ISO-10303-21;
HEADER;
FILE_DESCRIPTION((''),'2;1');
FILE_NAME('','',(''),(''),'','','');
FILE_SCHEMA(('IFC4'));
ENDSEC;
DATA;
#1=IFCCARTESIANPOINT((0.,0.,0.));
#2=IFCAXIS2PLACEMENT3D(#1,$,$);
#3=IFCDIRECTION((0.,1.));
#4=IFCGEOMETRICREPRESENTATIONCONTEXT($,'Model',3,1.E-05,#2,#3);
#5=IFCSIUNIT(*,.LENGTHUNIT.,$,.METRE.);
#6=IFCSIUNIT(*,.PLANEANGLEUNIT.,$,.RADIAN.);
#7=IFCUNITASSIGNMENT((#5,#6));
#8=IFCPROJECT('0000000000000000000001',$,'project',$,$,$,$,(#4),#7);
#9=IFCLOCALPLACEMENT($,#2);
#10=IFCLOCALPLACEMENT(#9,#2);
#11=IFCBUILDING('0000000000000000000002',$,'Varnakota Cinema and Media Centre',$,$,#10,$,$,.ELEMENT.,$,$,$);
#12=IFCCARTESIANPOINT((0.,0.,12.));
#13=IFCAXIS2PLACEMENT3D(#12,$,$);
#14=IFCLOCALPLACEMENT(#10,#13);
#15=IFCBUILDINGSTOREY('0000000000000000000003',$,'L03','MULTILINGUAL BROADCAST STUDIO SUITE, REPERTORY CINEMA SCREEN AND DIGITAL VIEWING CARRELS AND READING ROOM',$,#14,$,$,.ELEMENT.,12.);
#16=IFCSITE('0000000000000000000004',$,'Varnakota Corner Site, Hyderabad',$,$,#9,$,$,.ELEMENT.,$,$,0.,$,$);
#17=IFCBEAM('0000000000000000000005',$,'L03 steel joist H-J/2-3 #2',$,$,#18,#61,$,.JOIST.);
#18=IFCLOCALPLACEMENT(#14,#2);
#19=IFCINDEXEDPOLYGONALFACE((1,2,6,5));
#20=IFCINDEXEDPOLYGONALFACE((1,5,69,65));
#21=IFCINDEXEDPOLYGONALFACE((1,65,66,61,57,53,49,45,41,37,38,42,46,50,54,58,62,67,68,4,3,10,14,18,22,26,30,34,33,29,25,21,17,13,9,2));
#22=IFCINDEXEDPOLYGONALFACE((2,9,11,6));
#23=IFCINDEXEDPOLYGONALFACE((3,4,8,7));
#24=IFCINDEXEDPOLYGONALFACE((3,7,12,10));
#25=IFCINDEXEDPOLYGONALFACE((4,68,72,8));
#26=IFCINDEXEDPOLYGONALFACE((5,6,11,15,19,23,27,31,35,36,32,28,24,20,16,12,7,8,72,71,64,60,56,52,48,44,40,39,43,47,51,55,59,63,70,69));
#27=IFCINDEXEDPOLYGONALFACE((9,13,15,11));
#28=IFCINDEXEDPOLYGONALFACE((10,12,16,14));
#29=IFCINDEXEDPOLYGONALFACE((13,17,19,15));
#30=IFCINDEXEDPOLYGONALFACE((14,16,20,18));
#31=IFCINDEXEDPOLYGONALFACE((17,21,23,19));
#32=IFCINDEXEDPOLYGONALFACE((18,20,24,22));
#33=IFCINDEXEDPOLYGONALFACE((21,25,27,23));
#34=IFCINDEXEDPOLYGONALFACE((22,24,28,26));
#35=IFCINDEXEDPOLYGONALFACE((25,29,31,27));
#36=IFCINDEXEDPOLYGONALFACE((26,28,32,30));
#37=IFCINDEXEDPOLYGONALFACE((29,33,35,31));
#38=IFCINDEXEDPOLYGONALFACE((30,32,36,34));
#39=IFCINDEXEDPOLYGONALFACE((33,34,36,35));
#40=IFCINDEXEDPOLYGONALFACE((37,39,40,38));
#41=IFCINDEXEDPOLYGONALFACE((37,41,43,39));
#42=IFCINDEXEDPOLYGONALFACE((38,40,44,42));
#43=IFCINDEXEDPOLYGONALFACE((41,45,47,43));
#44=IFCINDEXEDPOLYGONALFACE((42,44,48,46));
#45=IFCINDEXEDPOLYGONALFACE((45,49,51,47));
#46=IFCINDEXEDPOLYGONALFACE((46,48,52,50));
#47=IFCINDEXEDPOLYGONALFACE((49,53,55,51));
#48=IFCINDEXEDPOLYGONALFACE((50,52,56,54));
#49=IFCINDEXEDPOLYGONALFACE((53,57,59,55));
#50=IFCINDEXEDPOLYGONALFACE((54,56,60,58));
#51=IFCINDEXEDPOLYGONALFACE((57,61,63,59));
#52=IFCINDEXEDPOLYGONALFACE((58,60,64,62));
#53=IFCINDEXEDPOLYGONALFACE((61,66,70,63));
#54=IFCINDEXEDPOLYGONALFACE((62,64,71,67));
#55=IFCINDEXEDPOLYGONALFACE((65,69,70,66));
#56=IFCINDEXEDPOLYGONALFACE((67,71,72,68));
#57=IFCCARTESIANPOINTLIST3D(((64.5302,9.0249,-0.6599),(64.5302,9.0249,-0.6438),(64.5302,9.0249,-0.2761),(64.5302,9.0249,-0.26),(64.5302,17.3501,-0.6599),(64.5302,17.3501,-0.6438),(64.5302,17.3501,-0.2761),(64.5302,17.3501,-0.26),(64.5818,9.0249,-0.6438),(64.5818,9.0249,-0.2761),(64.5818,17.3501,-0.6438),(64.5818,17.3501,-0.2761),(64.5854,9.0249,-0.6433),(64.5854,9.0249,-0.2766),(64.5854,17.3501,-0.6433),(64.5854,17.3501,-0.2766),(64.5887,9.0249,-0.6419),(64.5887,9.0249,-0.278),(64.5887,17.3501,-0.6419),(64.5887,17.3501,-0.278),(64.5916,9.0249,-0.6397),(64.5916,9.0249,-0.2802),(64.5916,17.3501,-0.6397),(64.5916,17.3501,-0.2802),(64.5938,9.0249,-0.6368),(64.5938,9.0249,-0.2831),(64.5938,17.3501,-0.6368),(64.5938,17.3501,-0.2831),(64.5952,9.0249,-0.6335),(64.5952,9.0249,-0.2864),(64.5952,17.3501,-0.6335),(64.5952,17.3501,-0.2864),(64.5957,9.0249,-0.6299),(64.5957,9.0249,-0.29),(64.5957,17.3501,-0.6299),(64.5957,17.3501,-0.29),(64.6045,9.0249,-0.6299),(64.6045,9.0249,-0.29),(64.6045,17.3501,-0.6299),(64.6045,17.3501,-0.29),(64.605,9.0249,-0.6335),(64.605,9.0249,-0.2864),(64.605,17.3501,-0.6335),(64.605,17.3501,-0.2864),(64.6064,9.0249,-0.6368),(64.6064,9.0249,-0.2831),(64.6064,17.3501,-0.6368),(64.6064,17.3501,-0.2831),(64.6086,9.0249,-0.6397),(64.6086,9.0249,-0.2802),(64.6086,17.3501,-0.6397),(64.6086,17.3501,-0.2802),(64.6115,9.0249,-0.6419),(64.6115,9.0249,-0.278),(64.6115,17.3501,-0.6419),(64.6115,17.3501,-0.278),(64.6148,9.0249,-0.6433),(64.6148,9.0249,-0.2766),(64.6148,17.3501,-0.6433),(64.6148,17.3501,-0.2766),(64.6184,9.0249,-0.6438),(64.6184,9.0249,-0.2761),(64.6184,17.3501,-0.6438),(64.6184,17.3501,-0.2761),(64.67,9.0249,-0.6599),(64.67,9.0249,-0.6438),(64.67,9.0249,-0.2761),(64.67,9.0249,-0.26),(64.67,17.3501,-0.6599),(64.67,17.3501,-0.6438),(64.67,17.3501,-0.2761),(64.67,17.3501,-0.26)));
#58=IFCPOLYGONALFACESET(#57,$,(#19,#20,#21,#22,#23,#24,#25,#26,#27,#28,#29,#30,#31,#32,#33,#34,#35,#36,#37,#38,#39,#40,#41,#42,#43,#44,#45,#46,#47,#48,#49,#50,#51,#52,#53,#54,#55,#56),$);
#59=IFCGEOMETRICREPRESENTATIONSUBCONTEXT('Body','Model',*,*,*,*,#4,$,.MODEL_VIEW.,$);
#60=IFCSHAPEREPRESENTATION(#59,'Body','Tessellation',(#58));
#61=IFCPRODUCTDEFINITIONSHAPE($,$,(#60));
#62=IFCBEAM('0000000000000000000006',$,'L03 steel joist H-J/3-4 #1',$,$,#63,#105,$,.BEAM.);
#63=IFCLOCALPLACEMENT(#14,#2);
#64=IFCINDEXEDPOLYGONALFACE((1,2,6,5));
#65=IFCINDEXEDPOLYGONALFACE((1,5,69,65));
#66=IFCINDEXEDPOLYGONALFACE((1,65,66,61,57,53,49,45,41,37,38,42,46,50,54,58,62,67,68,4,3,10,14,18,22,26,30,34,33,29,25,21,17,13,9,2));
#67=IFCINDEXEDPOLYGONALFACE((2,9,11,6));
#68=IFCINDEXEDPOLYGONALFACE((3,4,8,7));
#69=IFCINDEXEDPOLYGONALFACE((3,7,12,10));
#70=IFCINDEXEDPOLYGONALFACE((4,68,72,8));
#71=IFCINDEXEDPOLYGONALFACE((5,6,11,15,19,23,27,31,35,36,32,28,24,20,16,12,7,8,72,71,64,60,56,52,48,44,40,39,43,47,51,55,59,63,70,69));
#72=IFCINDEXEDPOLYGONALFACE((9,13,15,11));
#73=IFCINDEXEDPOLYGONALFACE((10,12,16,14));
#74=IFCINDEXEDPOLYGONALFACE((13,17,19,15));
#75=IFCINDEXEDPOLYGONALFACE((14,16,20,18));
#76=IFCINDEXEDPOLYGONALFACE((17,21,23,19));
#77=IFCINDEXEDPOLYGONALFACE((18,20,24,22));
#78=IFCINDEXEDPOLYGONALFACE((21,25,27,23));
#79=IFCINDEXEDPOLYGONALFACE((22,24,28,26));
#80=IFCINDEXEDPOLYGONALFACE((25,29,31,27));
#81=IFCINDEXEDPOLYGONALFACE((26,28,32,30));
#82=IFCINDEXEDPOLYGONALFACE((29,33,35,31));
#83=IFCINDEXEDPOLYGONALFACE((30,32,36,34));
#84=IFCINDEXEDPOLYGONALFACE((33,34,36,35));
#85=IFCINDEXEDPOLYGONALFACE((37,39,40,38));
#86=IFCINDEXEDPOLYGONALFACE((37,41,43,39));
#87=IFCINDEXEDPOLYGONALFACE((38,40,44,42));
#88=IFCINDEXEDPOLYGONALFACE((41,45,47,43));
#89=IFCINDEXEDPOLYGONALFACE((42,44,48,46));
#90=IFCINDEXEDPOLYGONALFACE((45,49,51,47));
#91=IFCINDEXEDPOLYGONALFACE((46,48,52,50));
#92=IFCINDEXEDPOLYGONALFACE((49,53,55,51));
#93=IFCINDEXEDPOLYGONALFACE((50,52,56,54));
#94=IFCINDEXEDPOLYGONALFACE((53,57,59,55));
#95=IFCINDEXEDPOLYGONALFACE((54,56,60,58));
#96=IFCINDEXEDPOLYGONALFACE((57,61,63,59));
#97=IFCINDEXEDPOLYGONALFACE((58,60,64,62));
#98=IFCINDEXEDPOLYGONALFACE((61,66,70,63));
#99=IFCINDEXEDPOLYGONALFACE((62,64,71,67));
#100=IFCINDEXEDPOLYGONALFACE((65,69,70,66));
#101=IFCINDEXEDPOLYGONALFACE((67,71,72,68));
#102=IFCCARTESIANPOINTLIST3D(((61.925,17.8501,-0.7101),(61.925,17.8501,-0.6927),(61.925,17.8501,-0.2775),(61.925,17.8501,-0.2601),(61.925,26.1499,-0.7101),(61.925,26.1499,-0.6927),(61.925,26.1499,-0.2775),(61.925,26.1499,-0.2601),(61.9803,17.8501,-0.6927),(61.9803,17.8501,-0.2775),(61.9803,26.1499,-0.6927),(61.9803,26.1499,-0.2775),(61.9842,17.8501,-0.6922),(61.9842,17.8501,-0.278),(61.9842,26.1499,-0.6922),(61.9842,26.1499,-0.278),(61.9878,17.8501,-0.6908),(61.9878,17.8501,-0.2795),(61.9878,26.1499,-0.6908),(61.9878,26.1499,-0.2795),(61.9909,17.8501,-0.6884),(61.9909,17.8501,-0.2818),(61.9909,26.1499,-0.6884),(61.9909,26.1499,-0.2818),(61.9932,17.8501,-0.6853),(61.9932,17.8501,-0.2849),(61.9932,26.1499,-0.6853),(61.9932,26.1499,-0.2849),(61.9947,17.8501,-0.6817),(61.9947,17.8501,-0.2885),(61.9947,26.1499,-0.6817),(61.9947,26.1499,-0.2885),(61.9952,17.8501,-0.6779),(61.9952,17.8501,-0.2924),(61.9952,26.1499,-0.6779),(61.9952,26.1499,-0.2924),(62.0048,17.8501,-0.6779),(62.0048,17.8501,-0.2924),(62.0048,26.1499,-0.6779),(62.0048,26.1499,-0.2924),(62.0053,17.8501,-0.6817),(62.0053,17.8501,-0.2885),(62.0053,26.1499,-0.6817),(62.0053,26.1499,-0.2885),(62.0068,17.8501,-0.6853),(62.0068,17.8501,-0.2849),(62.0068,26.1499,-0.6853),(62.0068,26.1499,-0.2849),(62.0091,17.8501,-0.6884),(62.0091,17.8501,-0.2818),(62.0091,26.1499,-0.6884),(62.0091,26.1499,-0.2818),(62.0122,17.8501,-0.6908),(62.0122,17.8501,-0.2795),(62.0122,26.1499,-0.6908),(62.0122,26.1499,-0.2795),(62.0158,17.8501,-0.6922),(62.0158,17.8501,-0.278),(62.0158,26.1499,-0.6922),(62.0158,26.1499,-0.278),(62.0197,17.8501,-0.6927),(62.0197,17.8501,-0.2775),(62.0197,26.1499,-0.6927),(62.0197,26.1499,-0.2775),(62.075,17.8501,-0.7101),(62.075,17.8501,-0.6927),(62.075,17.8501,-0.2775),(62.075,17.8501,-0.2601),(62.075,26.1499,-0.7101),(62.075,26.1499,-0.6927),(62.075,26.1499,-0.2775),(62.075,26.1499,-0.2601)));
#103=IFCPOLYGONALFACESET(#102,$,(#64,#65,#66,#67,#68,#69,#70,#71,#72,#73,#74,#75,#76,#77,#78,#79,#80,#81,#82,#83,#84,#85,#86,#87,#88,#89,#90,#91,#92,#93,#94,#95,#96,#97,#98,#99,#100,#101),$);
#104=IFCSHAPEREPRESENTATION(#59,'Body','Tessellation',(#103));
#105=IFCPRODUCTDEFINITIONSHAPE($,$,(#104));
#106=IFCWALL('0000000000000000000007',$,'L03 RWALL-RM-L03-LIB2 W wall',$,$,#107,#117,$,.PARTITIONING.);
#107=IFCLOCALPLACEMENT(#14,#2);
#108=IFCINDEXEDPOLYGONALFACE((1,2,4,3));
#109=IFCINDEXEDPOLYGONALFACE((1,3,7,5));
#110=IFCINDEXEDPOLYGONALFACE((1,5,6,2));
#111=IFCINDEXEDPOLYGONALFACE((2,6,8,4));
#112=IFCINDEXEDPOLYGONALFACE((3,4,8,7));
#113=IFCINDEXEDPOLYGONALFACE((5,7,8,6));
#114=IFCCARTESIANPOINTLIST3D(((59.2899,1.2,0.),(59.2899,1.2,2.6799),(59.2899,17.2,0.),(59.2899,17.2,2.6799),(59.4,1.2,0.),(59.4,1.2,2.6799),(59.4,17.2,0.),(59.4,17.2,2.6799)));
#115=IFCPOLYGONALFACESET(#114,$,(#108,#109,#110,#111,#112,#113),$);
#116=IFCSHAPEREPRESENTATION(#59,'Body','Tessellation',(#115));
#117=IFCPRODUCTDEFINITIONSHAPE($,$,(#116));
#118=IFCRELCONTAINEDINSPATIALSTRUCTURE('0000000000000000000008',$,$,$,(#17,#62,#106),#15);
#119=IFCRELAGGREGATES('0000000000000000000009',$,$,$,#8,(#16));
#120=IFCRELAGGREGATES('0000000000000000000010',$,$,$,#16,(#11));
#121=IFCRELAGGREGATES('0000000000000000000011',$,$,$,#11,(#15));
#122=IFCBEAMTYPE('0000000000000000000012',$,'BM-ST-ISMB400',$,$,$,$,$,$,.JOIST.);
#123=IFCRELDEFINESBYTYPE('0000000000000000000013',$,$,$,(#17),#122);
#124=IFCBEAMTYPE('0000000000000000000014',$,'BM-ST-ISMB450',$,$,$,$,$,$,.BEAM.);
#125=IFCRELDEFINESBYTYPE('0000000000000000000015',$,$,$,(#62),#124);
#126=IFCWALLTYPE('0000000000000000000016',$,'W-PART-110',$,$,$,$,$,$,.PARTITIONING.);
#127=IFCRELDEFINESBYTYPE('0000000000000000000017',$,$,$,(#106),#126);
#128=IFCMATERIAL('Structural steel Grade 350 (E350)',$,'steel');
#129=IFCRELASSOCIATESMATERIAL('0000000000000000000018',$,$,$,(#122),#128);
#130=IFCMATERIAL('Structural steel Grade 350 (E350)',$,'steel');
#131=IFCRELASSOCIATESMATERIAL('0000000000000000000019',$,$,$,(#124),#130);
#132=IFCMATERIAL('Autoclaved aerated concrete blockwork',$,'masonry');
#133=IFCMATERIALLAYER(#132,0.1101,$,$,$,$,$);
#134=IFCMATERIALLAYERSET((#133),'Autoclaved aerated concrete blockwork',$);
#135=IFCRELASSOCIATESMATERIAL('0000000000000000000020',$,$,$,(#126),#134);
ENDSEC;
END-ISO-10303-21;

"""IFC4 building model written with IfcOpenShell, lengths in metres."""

from ifc_helpers import new_model, si_unit, direction, frame, frame_2d, origin, origin_2d, place, context, subcontext, project, spatial, rectangle, i_section, extrude, material, layer, layer_set, material_profile, profile_set, type_object, element, save


model = new_model("IFC4")

# Units and contexts
model_context = context("Model", 3, precision=1e-05, world=origin(), true_north=direction((0.0, 1.0)))
body_context = subcontext(model_context, "Body", "Model", "MODEL_VIEW")
ifc_project = project(units=[si_unit("LENGTHUNIT", "METRE"), si_unit("PLANEANGLEUNIT", "RADIAN")], contexts=[model_context])

# Site, building, storey
site_placement = place(None, origin())
site = spatial("IfcSite", under=ifc_project, at=site_placement, Name="Varnakota Corner Site, Hyderabad", CompositionType="ELEMENT", RefElevation=0.0)
building_placement = place(site_placement, origin())
building = spatial("IfcBuilding", under=site, at=building_placement, Name="Varnakota Cinema and Media Centre", CompositionType="ELEMENT")
storey_placement = place(building_placement, frame((0.0, 0.0, 12.0)))
storey = spatial("IfcBuildingStorey", under=building, at=storey_placement, Name="L03", Description="MULTILINGUAL BROADCAST STUDIO SUITE, REPERTORY CINEMA SCREEN AND DIGITAL VIEWING CARRELS AND READING ROOM", CompositionType="ELEMENT", Elevation=12.0)

# Beams
ifc_material_1 = material(Name="Structural steel Grade 350 (E350)", Category="steel")
ifc_material_profile_1 = material_profile(ifc_material_1, i_section(OverallWidth=0.1399, OverallDepth=0.3999, WebThickness=0.0088, FlangeThickness=0.0161, FilletRadius=0.0139, at=origin_2d()), Name="ISMB 400")
ifc_profile_set_1 = profile_set([ifc_material_profile_1], Name="Structural steel Grade 350 (E350)")
beam_type_1 = type_object("IfcBeamType", Name="BM-ST-ISMB400", PredefinedType="JOIST", material=ifc_profile_set_1)
for number, where, z_axis, x_axis, name in (
    (1, (64.6001, 9.0249, -0.46), (0.0, 1.0, 0.0), (-1.0, 0.0, 0.0), "L03 steel joist H-J/2-3 #2"),
):
    element("IfcBeam", number, at=place(storey_placement, frame(where, z_axis=z_axis, x_axis=x_axis)), inside=storey, type_object=beam_type_1, Name=name, PredefinedType="JOIST", context=body_context, shape_type="SweptSolid", body=[
        extrude(i_section(OverallWidth=0.1399, OverallDepth=0.3999, WebThickness=0.0088, FlangeThickness=0.0161, FilletRadius=0.0139, at=origin_2d()), origin(), (0.0, 0.0, 1.0), 8.3252),
    ])
ifc_material_2 = material(Name="Structural steel Grade 350 (E350)", Category="steel")
ifc_material_profile_2 = material_profile(ifc_material_2, i_section(OverallWidth=0.1499, OverallDepth=0.45, WebThickness=0.0095, FlangeThickness=0.0173, FilletRadius=0.0149, at=origin_2d()), Name="ISMB 450")
ifc_profile_set_2 = profile_set([ifc_material_profile_2], Name="Structural steel Grade 350 (E350)")
beam_type_2 = type_object("IfcBeamType", Name="BM-ST-ISMB450", PredefinedType="BEAM", material=ifc_profile_set_2)
beam_1_placement = place(storey_placement, frame((62.0, 17.8501, -0.4851), z_axis=(0.0, 1.0, 0.0), x_axis=(-1.0, 0.0, 0.0)))
element("IfcBeam", 2, at=beam_1_placement, inside=storey, type_object=beam_type_2, Name="L03 steel joist H-J/3-4 #1", PredefinedType="BEAM", context=body_context, shape_type="SweptSolid", body=[
    extrude(i_section(OverallWidth=0.1499, OverallDepth=0.45, WebThickness=0.0095, FlangeThickness=0.0173, FilletRadius=0.0149, at=origin_2d()), origin(), (0.0, 0.0, 1.0), 8.2998),
])

# Wall
ifc_material_3 = material(Name="Autoclaved aerated concrete blockwork", Category="masonry")
ifc_layer_1 = layer(ifc_material_3, 0.1101)
ifc_layer_set_1 = layer_set([ifc_layer_1], Name="Autoclaved aerated concrete blockwork")
wall_type = type_object("IfcWallType", Name="W-PART-110", PredefinedType="PARTITIONING", material=ifc_layer_set_1)
wall_1_placement = place(storey_placement, frame((59.345, 1.2, 0.0), z_axis=(0.0, 0.0, 1.0), x_axis=(0.0, 1.0, 0.0)))
element("IfcWall", 3, at=wall_1_placement, inside=storey, type_object=wall_type, Name="L03 RWALL-RM-L03-LIB2 W wall", PredefinedType="PARTITIONING", context=body_context, shape_type="SweptSolid", body=[
    extrude(rectangle(XDim=16.0, YDim=0.1101, at=frame_2d((8.0, 0.0))), origin(), (0.0, 0.0, 1.0), 2.6799),
])

save(model, "model.ifc")
